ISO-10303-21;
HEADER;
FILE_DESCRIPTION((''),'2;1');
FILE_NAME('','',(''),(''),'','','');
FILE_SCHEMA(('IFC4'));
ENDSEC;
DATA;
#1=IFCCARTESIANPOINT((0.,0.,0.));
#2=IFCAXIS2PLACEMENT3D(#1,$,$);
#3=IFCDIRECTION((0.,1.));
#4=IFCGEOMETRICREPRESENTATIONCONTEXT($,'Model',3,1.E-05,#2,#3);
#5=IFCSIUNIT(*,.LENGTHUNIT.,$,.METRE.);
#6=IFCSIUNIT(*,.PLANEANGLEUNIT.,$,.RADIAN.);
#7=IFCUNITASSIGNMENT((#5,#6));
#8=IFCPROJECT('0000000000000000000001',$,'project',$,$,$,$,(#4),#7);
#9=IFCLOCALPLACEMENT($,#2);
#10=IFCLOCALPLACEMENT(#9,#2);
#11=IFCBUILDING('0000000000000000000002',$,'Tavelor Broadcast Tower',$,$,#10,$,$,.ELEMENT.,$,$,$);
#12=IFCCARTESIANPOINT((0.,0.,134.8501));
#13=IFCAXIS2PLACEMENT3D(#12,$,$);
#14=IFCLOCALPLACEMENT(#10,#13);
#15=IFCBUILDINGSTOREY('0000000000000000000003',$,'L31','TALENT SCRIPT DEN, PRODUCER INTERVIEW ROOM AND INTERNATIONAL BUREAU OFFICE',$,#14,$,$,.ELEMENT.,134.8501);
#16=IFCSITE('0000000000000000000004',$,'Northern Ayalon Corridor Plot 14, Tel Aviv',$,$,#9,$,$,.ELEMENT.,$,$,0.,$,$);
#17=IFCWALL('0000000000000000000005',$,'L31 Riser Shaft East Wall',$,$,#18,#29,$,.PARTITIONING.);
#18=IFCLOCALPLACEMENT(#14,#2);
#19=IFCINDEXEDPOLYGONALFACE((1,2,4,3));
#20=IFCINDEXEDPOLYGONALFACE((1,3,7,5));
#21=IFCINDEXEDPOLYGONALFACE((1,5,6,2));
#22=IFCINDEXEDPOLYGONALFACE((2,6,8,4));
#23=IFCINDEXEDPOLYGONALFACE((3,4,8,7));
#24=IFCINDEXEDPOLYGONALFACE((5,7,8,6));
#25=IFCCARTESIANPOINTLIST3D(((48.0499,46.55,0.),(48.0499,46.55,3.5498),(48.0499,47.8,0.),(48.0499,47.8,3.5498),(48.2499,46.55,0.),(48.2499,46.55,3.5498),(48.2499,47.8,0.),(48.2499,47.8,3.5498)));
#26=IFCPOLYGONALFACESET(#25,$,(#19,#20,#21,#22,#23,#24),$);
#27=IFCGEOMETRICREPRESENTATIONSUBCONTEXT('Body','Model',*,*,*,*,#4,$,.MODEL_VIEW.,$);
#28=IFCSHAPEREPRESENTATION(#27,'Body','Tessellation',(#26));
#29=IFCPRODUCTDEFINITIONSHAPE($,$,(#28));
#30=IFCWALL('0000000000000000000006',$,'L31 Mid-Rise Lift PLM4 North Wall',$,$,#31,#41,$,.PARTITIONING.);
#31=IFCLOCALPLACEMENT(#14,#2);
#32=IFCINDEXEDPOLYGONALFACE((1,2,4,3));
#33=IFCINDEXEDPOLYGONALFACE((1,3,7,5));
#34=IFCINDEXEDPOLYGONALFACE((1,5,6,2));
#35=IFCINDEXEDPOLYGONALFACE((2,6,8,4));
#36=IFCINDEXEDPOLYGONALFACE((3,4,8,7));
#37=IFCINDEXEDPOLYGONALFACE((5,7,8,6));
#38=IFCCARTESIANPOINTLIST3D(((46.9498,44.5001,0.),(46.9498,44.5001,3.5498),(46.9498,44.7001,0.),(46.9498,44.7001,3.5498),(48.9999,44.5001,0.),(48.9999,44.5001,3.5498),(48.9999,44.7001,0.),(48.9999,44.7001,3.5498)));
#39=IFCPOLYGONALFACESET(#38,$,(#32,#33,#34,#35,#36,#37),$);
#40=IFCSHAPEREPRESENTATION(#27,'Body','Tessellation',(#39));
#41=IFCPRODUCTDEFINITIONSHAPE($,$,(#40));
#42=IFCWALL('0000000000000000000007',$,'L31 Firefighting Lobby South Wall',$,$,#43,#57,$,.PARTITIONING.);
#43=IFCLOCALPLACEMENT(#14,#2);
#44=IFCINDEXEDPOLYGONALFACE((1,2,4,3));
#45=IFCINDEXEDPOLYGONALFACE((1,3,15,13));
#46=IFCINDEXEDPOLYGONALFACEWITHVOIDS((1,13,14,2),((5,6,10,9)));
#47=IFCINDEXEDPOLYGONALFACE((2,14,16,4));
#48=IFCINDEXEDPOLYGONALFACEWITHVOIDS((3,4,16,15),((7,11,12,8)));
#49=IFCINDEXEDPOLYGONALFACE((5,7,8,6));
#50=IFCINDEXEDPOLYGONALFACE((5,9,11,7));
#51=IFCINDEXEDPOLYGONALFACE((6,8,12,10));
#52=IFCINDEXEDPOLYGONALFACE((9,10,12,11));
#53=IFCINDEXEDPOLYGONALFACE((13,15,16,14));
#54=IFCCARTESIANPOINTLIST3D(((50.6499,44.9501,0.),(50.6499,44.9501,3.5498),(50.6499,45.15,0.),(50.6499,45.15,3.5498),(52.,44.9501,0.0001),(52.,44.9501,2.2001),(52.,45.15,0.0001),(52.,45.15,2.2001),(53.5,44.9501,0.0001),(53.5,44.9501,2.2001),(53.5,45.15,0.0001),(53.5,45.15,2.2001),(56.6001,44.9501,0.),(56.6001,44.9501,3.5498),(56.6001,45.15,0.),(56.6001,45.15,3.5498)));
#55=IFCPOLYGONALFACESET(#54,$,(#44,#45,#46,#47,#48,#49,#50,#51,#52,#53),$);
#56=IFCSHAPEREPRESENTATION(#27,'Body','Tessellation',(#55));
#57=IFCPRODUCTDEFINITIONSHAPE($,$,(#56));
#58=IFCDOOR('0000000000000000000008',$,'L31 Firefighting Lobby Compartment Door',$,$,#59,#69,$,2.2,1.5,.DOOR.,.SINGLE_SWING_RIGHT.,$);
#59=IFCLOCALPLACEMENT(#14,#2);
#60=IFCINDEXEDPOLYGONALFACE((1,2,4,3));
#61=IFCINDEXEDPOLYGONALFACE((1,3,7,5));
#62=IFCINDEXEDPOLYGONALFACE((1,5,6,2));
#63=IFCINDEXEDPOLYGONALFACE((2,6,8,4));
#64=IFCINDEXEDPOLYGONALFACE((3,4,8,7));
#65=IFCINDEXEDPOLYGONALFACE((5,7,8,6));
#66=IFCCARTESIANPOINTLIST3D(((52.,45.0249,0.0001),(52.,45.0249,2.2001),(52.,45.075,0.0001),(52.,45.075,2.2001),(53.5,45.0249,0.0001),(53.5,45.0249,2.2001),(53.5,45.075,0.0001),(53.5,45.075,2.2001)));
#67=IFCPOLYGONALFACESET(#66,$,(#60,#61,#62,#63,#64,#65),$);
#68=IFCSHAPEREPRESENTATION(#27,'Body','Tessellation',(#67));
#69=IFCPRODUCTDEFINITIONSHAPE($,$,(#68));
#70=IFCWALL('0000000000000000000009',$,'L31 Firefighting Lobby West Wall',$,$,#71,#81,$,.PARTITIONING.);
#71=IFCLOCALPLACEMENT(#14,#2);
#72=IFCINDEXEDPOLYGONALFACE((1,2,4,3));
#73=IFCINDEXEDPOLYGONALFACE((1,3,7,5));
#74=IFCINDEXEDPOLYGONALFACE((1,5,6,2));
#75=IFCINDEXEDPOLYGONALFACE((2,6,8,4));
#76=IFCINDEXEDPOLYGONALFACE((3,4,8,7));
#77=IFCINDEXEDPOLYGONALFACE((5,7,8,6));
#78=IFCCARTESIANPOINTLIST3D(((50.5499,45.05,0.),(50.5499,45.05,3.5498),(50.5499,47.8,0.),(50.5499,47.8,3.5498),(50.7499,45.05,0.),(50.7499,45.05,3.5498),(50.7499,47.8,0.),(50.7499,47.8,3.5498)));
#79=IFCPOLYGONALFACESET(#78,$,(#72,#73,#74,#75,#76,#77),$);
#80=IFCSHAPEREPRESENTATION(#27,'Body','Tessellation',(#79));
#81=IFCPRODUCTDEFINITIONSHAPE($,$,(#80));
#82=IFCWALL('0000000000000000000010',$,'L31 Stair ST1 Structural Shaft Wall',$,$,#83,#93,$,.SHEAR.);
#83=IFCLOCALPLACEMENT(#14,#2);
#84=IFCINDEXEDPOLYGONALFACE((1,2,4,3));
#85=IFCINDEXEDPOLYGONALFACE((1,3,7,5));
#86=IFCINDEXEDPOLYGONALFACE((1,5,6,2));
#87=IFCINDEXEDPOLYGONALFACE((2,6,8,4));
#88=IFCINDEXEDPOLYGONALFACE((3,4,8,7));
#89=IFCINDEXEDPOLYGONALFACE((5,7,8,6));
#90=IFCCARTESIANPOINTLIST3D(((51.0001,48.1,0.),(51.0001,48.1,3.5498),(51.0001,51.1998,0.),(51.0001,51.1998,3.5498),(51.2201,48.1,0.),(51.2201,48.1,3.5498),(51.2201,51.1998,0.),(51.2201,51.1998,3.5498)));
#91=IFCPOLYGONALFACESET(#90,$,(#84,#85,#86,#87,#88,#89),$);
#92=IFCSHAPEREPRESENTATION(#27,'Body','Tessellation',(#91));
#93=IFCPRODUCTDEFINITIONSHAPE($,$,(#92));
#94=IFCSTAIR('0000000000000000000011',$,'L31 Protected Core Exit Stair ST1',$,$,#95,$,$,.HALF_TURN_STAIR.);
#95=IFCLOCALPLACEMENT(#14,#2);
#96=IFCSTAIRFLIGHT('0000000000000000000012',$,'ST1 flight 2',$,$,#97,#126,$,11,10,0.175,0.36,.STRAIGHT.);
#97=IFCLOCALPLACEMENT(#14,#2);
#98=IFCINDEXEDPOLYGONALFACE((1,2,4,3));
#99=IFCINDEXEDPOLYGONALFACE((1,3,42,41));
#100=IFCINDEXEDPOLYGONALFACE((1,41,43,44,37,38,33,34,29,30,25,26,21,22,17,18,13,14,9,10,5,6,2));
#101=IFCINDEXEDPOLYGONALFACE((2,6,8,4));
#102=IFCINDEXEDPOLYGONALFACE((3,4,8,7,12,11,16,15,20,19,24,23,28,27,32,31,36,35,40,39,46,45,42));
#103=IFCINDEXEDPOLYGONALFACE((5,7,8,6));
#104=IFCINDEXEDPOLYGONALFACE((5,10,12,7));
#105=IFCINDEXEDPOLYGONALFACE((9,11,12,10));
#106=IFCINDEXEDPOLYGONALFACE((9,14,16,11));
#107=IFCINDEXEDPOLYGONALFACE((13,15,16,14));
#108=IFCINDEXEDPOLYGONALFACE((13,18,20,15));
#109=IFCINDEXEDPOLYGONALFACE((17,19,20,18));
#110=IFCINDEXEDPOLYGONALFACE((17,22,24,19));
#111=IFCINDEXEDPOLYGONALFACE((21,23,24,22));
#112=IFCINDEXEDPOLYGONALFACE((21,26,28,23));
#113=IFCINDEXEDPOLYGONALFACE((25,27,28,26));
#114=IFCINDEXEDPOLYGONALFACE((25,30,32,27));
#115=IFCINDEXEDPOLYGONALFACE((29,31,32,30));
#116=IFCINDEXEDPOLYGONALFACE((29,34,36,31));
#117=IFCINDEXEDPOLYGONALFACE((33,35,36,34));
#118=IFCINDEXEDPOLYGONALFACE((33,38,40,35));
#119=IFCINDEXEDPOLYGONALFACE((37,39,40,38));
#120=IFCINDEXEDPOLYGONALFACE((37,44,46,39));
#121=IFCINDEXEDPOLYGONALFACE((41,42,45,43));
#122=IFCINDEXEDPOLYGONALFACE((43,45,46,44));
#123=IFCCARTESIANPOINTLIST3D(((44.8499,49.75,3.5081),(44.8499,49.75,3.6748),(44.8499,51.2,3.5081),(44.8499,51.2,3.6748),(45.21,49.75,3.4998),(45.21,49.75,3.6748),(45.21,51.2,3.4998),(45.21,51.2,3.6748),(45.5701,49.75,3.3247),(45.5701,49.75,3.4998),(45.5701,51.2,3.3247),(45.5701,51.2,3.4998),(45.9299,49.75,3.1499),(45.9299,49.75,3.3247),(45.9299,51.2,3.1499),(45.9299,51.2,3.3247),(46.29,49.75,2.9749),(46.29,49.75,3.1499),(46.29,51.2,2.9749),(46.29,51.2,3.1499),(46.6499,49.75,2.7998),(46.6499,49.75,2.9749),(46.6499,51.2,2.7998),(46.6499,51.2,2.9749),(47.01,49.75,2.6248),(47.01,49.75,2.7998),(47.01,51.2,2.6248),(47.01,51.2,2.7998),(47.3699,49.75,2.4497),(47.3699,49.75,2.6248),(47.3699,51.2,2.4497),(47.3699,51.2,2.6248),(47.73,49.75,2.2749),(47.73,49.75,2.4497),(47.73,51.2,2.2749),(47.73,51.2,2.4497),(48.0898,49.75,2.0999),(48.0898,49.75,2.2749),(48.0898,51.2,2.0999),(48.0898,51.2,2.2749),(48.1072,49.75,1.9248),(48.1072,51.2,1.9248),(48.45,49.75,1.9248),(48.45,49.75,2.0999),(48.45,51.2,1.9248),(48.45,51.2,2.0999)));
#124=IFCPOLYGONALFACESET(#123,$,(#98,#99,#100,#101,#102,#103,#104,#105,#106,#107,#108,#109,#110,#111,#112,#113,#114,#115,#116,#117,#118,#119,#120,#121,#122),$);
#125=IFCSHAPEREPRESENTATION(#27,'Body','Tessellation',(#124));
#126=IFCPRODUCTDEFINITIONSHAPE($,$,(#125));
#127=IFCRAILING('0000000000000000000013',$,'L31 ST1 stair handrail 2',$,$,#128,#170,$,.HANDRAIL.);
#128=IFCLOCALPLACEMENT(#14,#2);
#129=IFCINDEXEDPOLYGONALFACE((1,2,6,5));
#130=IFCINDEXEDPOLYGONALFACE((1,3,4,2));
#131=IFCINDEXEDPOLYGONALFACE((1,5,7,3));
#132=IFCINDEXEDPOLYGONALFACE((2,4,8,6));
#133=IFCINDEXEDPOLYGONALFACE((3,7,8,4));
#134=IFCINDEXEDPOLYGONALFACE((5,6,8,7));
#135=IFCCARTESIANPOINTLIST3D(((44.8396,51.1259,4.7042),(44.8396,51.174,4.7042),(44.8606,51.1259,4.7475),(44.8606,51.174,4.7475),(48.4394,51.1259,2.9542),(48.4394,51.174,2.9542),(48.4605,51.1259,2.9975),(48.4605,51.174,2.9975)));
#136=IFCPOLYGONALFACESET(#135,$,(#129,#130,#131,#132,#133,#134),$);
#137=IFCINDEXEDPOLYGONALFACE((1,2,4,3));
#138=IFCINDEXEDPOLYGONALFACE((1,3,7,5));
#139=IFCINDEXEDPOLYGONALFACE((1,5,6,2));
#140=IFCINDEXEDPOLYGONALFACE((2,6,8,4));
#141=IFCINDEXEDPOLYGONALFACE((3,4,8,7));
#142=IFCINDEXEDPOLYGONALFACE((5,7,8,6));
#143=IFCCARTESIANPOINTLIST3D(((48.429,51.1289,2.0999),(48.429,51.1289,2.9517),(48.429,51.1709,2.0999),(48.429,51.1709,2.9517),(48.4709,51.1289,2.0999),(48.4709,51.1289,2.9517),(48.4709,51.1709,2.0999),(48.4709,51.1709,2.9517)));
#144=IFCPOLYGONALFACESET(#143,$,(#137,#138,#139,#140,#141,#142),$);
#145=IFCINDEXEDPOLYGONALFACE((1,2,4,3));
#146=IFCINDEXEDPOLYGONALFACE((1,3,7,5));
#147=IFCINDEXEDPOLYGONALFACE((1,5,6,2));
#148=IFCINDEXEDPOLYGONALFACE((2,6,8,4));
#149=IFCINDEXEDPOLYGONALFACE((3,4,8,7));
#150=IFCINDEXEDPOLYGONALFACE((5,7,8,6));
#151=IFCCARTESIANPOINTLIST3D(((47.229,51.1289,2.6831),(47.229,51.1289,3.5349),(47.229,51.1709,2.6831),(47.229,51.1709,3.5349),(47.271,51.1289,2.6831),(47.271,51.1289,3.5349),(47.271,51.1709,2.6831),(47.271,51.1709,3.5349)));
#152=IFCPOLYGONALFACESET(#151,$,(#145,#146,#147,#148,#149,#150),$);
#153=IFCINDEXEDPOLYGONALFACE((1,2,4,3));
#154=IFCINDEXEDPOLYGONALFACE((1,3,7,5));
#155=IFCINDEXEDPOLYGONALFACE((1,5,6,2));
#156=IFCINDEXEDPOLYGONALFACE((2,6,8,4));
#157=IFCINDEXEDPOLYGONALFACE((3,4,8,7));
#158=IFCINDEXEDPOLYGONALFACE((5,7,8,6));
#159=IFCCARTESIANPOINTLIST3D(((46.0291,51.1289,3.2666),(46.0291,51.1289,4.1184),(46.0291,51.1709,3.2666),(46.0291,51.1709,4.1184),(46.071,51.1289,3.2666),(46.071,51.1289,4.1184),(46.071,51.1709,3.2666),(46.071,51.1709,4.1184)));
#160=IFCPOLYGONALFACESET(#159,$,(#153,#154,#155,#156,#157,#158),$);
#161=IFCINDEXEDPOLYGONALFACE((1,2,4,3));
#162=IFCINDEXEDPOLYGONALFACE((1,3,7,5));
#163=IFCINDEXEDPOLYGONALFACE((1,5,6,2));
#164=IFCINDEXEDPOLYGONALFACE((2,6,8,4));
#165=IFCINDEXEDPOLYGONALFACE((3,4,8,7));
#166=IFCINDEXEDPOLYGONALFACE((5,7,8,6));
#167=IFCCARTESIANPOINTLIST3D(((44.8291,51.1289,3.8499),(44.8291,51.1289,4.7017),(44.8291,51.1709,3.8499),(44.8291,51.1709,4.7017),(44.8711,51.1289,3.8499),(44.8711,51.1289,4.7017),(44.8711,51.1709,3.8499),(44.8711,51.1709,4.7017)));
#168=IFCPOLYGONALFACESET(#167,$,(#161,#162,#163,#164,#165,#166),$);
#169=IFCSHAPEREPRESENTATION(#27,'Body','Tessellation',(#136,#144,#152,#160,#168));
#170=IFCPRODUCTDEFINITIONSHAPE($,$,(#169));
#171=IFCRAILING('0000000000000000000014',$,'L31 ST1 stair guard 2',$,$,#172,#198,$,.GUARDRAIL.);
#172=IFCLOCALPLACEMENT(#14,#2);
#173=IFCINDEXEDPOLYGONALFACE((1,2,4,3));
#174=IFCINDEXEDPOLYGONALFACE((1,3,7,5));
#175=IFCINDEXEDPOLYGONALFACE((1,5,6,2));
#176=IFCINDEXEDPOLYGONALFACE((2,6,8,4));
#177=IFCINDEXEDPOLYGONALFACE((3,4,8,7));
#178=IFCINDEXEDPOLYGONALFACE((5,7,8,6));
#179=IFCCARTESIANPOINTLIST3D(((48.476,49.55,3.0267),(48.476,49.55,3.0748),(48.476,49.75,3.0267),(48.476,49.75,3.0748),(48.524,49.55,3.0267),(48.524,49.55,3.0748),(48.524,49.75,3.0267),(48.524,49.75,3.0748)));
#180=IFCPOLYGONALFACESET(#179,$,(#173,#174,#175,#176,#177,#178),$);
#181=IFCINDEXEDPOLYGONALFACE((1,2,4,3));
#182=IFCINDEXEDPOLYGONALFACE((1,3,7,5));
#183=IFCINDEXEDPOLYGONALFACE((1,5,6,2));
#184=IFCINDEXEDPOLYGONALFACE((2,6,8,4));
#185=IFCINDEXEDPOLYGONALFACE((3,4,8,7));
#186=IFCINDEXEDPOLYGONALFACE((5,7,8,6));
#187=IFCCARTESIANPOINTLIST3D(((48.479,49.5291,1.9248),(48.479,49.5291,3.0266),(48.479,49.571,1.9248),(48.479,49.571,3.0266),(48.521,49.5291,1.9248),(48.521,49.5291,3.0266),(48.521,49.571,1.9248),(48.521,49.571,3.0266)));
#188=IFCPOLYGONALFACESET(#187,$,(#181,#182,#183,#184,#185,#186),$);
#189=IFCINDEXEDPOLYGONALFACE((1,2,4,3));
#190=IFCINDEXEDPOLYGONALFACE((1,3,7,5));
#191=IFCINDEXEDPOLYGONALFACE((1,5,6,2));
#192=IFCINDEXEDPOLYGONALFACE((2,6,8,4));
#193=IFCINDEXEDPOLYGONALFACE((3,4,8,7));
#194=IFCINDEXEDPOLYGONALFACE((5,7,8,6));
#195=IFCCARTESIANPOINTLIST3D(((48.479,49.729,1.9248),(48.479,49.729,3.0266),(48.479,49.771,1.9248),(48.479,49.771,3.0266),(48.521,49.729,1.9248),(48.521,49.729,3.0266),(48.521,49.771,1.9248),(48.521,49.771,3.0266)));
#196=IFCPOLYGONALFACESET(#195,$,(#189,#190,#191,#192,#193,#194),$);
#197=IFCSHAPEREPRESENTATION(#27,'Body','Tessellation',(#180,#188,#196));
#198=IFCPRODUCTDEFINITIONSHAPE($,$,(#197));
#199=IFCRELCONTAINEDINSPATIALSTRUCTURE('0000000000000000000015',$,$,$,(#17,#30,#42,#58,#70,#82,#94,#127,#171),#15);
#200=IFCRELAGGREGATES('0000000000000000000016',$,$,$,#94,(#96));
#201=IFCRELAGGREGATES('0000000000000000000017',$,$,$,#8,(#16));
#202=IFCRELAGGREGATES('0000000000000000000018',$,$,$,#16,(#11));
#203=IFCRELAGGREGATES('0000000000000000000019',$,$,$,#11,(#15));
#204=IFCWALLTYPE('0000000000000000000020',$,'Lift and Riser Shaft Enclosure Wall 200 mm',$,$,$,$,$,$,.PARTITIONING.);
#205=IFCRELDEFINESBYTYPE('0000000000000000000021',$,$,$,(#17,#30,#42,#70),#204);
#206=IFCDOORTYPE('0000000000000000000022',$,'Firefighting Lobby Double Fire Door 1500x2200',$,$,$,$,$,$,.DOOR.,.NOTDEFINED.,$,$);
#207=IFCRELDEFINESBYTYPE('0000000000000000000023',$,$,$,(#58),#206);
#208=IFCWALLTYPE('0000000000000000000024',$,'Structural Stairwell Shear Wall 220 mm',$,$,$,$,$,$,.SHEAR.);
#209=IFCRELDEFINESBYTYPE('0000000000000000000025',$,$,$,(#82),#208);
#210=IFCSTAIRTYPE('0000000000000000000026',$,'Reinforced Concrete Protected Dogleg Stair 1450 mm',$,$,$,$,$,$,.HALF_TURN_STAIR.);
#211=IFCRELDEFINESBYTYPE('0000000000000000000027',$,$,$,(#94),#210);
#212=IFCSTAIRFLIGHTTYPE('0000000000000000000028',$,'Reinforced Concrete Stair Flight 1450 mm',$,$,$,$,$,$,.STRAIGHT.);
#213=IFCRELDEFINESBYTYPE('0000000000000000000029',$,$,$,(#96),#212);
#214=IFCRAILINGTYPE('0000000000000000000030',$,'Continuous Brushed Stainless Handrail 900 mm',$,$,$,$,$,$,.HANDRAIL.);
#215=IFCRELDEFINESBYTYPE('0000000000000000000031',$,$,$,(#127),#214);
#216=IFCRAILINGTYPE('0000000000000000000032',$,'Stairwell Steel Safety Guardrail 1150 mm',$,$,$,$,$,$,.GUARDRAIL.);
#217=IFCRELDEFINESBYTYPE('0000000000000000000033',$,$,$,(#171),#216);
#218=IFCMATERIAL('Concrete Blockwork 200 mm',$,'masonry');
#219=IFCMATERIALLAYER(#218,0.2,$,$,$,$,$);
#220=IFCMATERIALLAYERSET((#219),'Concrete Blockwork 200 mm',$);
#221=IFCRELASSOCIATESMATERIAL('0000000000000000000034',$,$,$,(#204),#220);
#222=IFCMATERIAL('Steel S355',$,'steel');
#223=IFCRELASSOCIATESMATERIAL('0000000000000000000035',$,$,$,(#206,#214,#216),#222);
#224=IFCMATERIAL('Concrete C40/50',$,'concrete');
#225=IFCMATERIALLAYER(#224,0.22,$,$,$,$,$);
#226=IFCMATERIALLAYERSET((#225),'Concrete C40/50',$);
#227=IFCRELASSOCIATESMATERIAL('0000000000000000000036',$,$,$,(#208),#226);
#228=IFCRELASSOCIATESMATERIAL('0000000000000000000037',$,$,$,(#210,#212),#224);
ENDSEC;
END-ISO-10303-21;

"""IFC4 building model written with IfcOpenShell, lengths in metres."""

from ifc_helpers import new_model, si_unit, direction, frame, frame_2d, origin, origin_2d, place, context, subcontext, project, spatial, polyline, rectangle, outline, extrude, material, layer, layer_set, type_object, element, fill, aggregate, save


model = new_model("IFC4")

# Units and contexts
model_context = context("Model", 3, precision=1e-05, world=origin(), true_north=direction((0.0, 1.0)))
body_context = subcontext(model_context, "Body", "Model", "MODEL_VIEW")
ifc_project = project(units=[si_unit("LENGTHUNIT", "METRE"), si_unit("PLANEANGLEUNIT", "RADIAN")], contexts=[model_context])

# Site, building, storey
site_placement = place(None, origin())
site = spatial("IfcSite", under=ifc_project, at=site_placement, Name="Northern Ayalon Corridor Plot 14, Tel Aviv", CompositionType="ELEMENT", RefElevation=0.0)
building_placement = place(site_placement, origin())
building = spatial("IfcBuilding", under=site, at=building_placement, Name="Tavelor Broadcast Tower", CompositionType="ELEMENT")
storey_placement = place(building_placement, frame((0.0, 0.0, 134.8501)))
storey = spatial("IfcBuildingStorey", under=building, at=storey_placement, Name="L31", Description="TALENT SCRIPT DEN, PRODUCER INTERVIEW ROOM AND INTERNATIONAL BUREAU OFFICE", CompositionType="ELEMENT", Elevation=134.8501)

# Shared definitions
ifc_material_1 = material(Name="Concrete C40/50", Category="concrete")
ifc_material_2 = material(Name="Steel S355", Category="steel")

# Walls
ifc_material_3 = material(Name="Concrete Blockwork 200 mm", Category="masonry")
ifc_layer_1 = layer(ifc_material_3, 0.2)
ifc_layer_set_1 = layer_set([ifc_layer_1], Name="Concrete Blockwork 200 mm")
wall_type_1 = type_object("IfcWallType", Name="Lift and Riser Shaft Enclosure Wall 200 mm", PredefinedType="PARTITIONING", material=ifc_layer_set_1)
wall_1_placement = place(storey_placement, frame((48.1499, 46.55, 0.0), z_axis=(0.0, 0.0, 1.0), x_axis=(0.0, 1.0, 0.0)))
element("IfcWall", 1, at=wall_1_placement, inside=storey, type_object=wall_type_1, Name="L31 Riser Shaft East Wall", PredefinedType="PARTITIONING", context=body_context, shape_type="SweptSolid", body=[
    extrude(rectangle(XDim=1.25, YDim=0.2, at=frame_2d((0.625, 0.0))), origin(), (0.0, 0.0, 1.0), 3.5498),
])
wall_2_placement = place(storey_placement, frame((46.95, 44.6001, 0.0), z_axis=(0.0, 0.0, 1.0), x_axis=(1.0, 0.0, 0.0)))
element("IfcWall", 2, at=wall_2_placement, inside=storey, type_object=wall_type_1, Name="L31 Mid-Rise Lift PLM4 North Wall", PredefinedType="PARTITIONING", context=body_context, shape_type="SweptSolid", body=[
    extrude(rectangle(XDim=2.05, YDim=0.2, at=frame_2d((1.0249, 0.0))), origin(), (0.0, 0.0, 1.0), 3.5498),
])

# Wall, opening, door
wall_3_placement = place(storey_placement, frame((50.6499, 45.05, 0.0), z_axis=(0.0, 0.0, 1.0), x_axis=(1.0, 0.0, 0.0)))
wall_3 = element("IfcWall", 3, at=wall_3_placement, inside=storey, type_object=wall_type_1, Name="L31 Firefighting Lobby South Wall", PredefinedType="PARTITIONING", context=body_context, shape_type="SweptSolid", body=[
    extrude(rectangle(XDim=5.9502, YDim=0.2, at=frame_2d((2.9751, 0.0))), origin(), (0.0, 0.0, 1.0), 3.5498),
])
opening_placement = place(wall_3_placement, frame((1.3501, 0.0, 0.0)))
opening = element("IfcOpeningElement", 4, at=opening_placement, cuts=wall_3, PredefinedType="OPENING", context=body_context, shape_type="SweptSolid", body=[
    extrude(rectangle(XDim=1.5, YDim=2.2, at=frame_2d((0.75, 1.1001))), frame((0.0, 0.1099, 0.0), z_axis=(0.0, -1.0, 0.0), x_axis=(1.0, 0.0, 0.0)), (0.0, 0.0, 1.0), 0.22),
])
door_type = type_object("IfcDoorType", Name="Firefighting Lobby Double Fire Door 1500x2200", OperationType="NOTDEFINED", PredefinedType="DOOR", material=ifc_material_2)
door_placement = place(opening_placement, origin())
door = element("IfcDoor", 5, at=door_placement, inside=storey, type_object=door_type, Name="L31 Firefighting Lobby Compartment Door", OperationType="SINGLE_SWING_RIGHT", OverallHeight=2.2, OverallWidth=1.5, PredefinedType="DOOR", context=body_context, shape_type="SweptSolid", body=[
    extrude(rectangle(XDim=1.5, YDim=2.2, at=frame_2d((0.75, 1.1001))), frame((0.0, 0.0249, 0.0), z_axis=(0.0, -1.0, 0.0), x_axis=(1.0, 0.0, 0.0)), (0.0, 0.0, 1.0), 0.05),
])
fill(opening, door)

# Walls
wall_4_placement = place(storey_placement, frame((50.6499, 45.05, 0.0), z_axis=(0.0, 0.0, 1.0), x_axis=(0.0, 1.0, 0.0)))
element("IfcWall", 6, at=wall_4_placement, inside=storey, type_object=wall_type_1, Name="L31 Firefighting Lobby West Wall", PredefinedType="PARTITIONING", context=body_context, shape_type="SweptSolid", body=[
    extrude(rectangle(XDim=2.75, YDim=0.2, at=frame_2d((1.375, 0.0))), origin(), (0.0, 0.0, 1.0), 3.5498),
])
ifc_layer_2 = layer(ifc_material_1, 0.22)
ifc_layer_set_2 = layer_set([ifc_layer_2], Name="Concrete C40/50")
wall_type_2 = type_object("IfcWallType", Name="Structural Stairwell Shear Wall 220 mm", PredefinedType="SHEAR", material=ifc_layer_set_2)
wall_5_placement = place(storey_placement, frame((51.1101, 48.1001, 0.0), z_axis=(0.0, 0.0, 1.0), x_axis=(0.0, 1.0, 0.0)))
element("IfcWall", 7, at=wall_5_placement, inside=storey, type_object=wall_type_2, Name="L31 Stair ST1 Structural Shaft Wall", PredefinedType="SHEAR", context=body_context, shape_type="SweptSolid", body=[
    extrude(rectangle(XDim=3.0999, YDim=0.22, at=frame_2d((1.5498, 0.0))), origin(), (0.0, 0.0, 1.0), 3.5498),
])

# Stair, stair flight
stair_type = type_object("IfcStairType", Name="Reinforced Concrete Protected Dogleg Stair 1450 mm", PredefinedType="HALF_TURN_STAIR", material=ifc_material_1)
stair_placement = place(storey_placement, origin())
stair = element("IfcStair", 8, at=stair_placement, inside=storey, type_object=stair_type, Name="L31 Protected Core Exit Stair ST1", PredefinedType="HALF_TURN_STAIR")
stair_flight_type = type_object("IfcStairFlightType", Name="Reinforced Concrete Stair Flight 1450 mm", PredefinedType="STRAIGHT", material=ifc_material_1)
stair_flight_placement = place(storey_placement, frame((48.45, 50.4751, 1.9248), z_axis=(0.0, 0.0, 1.0), x_axis=(-1.0, 0.0, 0.0)))
stair_flight = element("IfcStairFlight", 9, at=stair_flight_placement, type_object=stair_flight_type, Name="ST1 flight 2", NumberOfRisers=11, NumberOfTreads=10, PredefinedType="STRAIGHT", RiserHeight=0.175, TreadLength=0.36, context=body_context, shape_type="SweptSolid", body=[
    extrude(outline(polyline([(0.0, 0.0), (0.0, 0.175), (0.3601, 0.175), (0.3601, 0.3501), (0.72, 0.3501), (0.72, 0.5249), (1.0801, 0.5249), (1.0801, 0.7), (1.4399, 0.7), (1.4399, 0.875), (1.8, 0.875), (1.8, 1.05), (2.1599, 1.05), (2.1599, 1.2251), (2.52, 1.2251), (2.52, 1.3999), (2.8799, 1.3999), (2.8799, 1.575), (3.24, 1.575), (3.24, 1.75), (3.6001, 1.75), (3.6001, 1.925), (3.6001, 1.5833), (0.3428, 0.0), (0.0, 0.0)])), frame((0.0, 0.7251, 0.0), z_axis=(0.0, -1.0, 0.0), x_axis=(1.0, 0.0, 0.0)), (0.0, 0.0, 1.0), 1.45),
])
aggregate(stair, [stair_flight])

# Railings
railing_type_1 = type_object("IfcRailingType", Name="Continuous Brushed Stainless Handrail 900 mm", PredefinedType="HANDRAIL", material=ifc_material_2)
railing_1_placement = place(storey_placement, frame((48.45, 51.1499, 2.0999)))
element("IfcRailing", 10, at=railing_1_placement, inside=storey, type_object=railing_type_1, Name="L31 ST1 stair handrail 2", PredefinedType="HANDRAIL", context=body_context, shape_type="SweptSolid", body=[
    extrude(rectangle(XDim=0.0481, YDim=0.0481, at=origin_2d()), frame((0.0, 0.0, 0.876), z_axis=(-0.899361, 0.0, 0.437207), x_axis=(0.0, -1.0, 0.0)), (0.0, 0.0, 1.0), 4.0027),
    extrude(rectangle(XDim=0.042, YDim=0.042, at=origin_2d()), origin(), (0.0, 0.0, 1.0), 0.8518),
    extrude(rectangle(XDim=0.042, YDim=0.042, at=origin_2d()), frame((-1.2, 0.0, 0.5833)), (0.0, 0.0, 1.0), 0.8518),
    extrude(rectangle(XDim=0.042, YDim=0.042, at=origin_2d()), frame((-2.3999, 0.0, 1.1667)), (0.0, 0.0, 1.0), 0.8518),
    extrude(rectangle(XDim=0.042, YDim=0.042, at=origin_2d()), frame((-3.5999, 0.0, 1.75)), (0.0, 0.0, 1.0), 0.8518),
])
railing_type_2 = type_object("IfcRailingType", Name="Stairwell Steel Safety Guardrail 1150 mm", PredefinedType="GUARDRAIL", material=ifc_material_2)
railing_2_placement = place(storey_placement, frame((48.5, 49.55, 1.9248)))
element("IfcRailing", 11, at=railing_2_placement, inside=storey, type_object=railing_type_2, Name="L31 ST1 stair guard 2", PredefinedType="GUARDRAIL", context=body_context, shape_type="SweptSolid", body=[
    extrude(rectangle(XDim=0.0481, YDim=0.0481, at=origin_2d()), frame((0.0, 0.0, 1.126), z_axis=(0.0, 1.0, 0.0), x_axis=(-1.0, 0.0, 0.0)), (0.0, 0.0, 1.0), 0.2),
    extrude(rectangle(XDim=0.042, YDim=0.042, at=origin_2d()), origin(), (0.0, 0.0, 1.0), 1.1018),
    extrude(rectangle(XDim=0.042, YDim=0.042, at=origin_2d()), frame((0.0, 0.2, 0.0)), (0.0, 0.0, 1.0), 1.1018),
])

save(model, "model.ifc")
